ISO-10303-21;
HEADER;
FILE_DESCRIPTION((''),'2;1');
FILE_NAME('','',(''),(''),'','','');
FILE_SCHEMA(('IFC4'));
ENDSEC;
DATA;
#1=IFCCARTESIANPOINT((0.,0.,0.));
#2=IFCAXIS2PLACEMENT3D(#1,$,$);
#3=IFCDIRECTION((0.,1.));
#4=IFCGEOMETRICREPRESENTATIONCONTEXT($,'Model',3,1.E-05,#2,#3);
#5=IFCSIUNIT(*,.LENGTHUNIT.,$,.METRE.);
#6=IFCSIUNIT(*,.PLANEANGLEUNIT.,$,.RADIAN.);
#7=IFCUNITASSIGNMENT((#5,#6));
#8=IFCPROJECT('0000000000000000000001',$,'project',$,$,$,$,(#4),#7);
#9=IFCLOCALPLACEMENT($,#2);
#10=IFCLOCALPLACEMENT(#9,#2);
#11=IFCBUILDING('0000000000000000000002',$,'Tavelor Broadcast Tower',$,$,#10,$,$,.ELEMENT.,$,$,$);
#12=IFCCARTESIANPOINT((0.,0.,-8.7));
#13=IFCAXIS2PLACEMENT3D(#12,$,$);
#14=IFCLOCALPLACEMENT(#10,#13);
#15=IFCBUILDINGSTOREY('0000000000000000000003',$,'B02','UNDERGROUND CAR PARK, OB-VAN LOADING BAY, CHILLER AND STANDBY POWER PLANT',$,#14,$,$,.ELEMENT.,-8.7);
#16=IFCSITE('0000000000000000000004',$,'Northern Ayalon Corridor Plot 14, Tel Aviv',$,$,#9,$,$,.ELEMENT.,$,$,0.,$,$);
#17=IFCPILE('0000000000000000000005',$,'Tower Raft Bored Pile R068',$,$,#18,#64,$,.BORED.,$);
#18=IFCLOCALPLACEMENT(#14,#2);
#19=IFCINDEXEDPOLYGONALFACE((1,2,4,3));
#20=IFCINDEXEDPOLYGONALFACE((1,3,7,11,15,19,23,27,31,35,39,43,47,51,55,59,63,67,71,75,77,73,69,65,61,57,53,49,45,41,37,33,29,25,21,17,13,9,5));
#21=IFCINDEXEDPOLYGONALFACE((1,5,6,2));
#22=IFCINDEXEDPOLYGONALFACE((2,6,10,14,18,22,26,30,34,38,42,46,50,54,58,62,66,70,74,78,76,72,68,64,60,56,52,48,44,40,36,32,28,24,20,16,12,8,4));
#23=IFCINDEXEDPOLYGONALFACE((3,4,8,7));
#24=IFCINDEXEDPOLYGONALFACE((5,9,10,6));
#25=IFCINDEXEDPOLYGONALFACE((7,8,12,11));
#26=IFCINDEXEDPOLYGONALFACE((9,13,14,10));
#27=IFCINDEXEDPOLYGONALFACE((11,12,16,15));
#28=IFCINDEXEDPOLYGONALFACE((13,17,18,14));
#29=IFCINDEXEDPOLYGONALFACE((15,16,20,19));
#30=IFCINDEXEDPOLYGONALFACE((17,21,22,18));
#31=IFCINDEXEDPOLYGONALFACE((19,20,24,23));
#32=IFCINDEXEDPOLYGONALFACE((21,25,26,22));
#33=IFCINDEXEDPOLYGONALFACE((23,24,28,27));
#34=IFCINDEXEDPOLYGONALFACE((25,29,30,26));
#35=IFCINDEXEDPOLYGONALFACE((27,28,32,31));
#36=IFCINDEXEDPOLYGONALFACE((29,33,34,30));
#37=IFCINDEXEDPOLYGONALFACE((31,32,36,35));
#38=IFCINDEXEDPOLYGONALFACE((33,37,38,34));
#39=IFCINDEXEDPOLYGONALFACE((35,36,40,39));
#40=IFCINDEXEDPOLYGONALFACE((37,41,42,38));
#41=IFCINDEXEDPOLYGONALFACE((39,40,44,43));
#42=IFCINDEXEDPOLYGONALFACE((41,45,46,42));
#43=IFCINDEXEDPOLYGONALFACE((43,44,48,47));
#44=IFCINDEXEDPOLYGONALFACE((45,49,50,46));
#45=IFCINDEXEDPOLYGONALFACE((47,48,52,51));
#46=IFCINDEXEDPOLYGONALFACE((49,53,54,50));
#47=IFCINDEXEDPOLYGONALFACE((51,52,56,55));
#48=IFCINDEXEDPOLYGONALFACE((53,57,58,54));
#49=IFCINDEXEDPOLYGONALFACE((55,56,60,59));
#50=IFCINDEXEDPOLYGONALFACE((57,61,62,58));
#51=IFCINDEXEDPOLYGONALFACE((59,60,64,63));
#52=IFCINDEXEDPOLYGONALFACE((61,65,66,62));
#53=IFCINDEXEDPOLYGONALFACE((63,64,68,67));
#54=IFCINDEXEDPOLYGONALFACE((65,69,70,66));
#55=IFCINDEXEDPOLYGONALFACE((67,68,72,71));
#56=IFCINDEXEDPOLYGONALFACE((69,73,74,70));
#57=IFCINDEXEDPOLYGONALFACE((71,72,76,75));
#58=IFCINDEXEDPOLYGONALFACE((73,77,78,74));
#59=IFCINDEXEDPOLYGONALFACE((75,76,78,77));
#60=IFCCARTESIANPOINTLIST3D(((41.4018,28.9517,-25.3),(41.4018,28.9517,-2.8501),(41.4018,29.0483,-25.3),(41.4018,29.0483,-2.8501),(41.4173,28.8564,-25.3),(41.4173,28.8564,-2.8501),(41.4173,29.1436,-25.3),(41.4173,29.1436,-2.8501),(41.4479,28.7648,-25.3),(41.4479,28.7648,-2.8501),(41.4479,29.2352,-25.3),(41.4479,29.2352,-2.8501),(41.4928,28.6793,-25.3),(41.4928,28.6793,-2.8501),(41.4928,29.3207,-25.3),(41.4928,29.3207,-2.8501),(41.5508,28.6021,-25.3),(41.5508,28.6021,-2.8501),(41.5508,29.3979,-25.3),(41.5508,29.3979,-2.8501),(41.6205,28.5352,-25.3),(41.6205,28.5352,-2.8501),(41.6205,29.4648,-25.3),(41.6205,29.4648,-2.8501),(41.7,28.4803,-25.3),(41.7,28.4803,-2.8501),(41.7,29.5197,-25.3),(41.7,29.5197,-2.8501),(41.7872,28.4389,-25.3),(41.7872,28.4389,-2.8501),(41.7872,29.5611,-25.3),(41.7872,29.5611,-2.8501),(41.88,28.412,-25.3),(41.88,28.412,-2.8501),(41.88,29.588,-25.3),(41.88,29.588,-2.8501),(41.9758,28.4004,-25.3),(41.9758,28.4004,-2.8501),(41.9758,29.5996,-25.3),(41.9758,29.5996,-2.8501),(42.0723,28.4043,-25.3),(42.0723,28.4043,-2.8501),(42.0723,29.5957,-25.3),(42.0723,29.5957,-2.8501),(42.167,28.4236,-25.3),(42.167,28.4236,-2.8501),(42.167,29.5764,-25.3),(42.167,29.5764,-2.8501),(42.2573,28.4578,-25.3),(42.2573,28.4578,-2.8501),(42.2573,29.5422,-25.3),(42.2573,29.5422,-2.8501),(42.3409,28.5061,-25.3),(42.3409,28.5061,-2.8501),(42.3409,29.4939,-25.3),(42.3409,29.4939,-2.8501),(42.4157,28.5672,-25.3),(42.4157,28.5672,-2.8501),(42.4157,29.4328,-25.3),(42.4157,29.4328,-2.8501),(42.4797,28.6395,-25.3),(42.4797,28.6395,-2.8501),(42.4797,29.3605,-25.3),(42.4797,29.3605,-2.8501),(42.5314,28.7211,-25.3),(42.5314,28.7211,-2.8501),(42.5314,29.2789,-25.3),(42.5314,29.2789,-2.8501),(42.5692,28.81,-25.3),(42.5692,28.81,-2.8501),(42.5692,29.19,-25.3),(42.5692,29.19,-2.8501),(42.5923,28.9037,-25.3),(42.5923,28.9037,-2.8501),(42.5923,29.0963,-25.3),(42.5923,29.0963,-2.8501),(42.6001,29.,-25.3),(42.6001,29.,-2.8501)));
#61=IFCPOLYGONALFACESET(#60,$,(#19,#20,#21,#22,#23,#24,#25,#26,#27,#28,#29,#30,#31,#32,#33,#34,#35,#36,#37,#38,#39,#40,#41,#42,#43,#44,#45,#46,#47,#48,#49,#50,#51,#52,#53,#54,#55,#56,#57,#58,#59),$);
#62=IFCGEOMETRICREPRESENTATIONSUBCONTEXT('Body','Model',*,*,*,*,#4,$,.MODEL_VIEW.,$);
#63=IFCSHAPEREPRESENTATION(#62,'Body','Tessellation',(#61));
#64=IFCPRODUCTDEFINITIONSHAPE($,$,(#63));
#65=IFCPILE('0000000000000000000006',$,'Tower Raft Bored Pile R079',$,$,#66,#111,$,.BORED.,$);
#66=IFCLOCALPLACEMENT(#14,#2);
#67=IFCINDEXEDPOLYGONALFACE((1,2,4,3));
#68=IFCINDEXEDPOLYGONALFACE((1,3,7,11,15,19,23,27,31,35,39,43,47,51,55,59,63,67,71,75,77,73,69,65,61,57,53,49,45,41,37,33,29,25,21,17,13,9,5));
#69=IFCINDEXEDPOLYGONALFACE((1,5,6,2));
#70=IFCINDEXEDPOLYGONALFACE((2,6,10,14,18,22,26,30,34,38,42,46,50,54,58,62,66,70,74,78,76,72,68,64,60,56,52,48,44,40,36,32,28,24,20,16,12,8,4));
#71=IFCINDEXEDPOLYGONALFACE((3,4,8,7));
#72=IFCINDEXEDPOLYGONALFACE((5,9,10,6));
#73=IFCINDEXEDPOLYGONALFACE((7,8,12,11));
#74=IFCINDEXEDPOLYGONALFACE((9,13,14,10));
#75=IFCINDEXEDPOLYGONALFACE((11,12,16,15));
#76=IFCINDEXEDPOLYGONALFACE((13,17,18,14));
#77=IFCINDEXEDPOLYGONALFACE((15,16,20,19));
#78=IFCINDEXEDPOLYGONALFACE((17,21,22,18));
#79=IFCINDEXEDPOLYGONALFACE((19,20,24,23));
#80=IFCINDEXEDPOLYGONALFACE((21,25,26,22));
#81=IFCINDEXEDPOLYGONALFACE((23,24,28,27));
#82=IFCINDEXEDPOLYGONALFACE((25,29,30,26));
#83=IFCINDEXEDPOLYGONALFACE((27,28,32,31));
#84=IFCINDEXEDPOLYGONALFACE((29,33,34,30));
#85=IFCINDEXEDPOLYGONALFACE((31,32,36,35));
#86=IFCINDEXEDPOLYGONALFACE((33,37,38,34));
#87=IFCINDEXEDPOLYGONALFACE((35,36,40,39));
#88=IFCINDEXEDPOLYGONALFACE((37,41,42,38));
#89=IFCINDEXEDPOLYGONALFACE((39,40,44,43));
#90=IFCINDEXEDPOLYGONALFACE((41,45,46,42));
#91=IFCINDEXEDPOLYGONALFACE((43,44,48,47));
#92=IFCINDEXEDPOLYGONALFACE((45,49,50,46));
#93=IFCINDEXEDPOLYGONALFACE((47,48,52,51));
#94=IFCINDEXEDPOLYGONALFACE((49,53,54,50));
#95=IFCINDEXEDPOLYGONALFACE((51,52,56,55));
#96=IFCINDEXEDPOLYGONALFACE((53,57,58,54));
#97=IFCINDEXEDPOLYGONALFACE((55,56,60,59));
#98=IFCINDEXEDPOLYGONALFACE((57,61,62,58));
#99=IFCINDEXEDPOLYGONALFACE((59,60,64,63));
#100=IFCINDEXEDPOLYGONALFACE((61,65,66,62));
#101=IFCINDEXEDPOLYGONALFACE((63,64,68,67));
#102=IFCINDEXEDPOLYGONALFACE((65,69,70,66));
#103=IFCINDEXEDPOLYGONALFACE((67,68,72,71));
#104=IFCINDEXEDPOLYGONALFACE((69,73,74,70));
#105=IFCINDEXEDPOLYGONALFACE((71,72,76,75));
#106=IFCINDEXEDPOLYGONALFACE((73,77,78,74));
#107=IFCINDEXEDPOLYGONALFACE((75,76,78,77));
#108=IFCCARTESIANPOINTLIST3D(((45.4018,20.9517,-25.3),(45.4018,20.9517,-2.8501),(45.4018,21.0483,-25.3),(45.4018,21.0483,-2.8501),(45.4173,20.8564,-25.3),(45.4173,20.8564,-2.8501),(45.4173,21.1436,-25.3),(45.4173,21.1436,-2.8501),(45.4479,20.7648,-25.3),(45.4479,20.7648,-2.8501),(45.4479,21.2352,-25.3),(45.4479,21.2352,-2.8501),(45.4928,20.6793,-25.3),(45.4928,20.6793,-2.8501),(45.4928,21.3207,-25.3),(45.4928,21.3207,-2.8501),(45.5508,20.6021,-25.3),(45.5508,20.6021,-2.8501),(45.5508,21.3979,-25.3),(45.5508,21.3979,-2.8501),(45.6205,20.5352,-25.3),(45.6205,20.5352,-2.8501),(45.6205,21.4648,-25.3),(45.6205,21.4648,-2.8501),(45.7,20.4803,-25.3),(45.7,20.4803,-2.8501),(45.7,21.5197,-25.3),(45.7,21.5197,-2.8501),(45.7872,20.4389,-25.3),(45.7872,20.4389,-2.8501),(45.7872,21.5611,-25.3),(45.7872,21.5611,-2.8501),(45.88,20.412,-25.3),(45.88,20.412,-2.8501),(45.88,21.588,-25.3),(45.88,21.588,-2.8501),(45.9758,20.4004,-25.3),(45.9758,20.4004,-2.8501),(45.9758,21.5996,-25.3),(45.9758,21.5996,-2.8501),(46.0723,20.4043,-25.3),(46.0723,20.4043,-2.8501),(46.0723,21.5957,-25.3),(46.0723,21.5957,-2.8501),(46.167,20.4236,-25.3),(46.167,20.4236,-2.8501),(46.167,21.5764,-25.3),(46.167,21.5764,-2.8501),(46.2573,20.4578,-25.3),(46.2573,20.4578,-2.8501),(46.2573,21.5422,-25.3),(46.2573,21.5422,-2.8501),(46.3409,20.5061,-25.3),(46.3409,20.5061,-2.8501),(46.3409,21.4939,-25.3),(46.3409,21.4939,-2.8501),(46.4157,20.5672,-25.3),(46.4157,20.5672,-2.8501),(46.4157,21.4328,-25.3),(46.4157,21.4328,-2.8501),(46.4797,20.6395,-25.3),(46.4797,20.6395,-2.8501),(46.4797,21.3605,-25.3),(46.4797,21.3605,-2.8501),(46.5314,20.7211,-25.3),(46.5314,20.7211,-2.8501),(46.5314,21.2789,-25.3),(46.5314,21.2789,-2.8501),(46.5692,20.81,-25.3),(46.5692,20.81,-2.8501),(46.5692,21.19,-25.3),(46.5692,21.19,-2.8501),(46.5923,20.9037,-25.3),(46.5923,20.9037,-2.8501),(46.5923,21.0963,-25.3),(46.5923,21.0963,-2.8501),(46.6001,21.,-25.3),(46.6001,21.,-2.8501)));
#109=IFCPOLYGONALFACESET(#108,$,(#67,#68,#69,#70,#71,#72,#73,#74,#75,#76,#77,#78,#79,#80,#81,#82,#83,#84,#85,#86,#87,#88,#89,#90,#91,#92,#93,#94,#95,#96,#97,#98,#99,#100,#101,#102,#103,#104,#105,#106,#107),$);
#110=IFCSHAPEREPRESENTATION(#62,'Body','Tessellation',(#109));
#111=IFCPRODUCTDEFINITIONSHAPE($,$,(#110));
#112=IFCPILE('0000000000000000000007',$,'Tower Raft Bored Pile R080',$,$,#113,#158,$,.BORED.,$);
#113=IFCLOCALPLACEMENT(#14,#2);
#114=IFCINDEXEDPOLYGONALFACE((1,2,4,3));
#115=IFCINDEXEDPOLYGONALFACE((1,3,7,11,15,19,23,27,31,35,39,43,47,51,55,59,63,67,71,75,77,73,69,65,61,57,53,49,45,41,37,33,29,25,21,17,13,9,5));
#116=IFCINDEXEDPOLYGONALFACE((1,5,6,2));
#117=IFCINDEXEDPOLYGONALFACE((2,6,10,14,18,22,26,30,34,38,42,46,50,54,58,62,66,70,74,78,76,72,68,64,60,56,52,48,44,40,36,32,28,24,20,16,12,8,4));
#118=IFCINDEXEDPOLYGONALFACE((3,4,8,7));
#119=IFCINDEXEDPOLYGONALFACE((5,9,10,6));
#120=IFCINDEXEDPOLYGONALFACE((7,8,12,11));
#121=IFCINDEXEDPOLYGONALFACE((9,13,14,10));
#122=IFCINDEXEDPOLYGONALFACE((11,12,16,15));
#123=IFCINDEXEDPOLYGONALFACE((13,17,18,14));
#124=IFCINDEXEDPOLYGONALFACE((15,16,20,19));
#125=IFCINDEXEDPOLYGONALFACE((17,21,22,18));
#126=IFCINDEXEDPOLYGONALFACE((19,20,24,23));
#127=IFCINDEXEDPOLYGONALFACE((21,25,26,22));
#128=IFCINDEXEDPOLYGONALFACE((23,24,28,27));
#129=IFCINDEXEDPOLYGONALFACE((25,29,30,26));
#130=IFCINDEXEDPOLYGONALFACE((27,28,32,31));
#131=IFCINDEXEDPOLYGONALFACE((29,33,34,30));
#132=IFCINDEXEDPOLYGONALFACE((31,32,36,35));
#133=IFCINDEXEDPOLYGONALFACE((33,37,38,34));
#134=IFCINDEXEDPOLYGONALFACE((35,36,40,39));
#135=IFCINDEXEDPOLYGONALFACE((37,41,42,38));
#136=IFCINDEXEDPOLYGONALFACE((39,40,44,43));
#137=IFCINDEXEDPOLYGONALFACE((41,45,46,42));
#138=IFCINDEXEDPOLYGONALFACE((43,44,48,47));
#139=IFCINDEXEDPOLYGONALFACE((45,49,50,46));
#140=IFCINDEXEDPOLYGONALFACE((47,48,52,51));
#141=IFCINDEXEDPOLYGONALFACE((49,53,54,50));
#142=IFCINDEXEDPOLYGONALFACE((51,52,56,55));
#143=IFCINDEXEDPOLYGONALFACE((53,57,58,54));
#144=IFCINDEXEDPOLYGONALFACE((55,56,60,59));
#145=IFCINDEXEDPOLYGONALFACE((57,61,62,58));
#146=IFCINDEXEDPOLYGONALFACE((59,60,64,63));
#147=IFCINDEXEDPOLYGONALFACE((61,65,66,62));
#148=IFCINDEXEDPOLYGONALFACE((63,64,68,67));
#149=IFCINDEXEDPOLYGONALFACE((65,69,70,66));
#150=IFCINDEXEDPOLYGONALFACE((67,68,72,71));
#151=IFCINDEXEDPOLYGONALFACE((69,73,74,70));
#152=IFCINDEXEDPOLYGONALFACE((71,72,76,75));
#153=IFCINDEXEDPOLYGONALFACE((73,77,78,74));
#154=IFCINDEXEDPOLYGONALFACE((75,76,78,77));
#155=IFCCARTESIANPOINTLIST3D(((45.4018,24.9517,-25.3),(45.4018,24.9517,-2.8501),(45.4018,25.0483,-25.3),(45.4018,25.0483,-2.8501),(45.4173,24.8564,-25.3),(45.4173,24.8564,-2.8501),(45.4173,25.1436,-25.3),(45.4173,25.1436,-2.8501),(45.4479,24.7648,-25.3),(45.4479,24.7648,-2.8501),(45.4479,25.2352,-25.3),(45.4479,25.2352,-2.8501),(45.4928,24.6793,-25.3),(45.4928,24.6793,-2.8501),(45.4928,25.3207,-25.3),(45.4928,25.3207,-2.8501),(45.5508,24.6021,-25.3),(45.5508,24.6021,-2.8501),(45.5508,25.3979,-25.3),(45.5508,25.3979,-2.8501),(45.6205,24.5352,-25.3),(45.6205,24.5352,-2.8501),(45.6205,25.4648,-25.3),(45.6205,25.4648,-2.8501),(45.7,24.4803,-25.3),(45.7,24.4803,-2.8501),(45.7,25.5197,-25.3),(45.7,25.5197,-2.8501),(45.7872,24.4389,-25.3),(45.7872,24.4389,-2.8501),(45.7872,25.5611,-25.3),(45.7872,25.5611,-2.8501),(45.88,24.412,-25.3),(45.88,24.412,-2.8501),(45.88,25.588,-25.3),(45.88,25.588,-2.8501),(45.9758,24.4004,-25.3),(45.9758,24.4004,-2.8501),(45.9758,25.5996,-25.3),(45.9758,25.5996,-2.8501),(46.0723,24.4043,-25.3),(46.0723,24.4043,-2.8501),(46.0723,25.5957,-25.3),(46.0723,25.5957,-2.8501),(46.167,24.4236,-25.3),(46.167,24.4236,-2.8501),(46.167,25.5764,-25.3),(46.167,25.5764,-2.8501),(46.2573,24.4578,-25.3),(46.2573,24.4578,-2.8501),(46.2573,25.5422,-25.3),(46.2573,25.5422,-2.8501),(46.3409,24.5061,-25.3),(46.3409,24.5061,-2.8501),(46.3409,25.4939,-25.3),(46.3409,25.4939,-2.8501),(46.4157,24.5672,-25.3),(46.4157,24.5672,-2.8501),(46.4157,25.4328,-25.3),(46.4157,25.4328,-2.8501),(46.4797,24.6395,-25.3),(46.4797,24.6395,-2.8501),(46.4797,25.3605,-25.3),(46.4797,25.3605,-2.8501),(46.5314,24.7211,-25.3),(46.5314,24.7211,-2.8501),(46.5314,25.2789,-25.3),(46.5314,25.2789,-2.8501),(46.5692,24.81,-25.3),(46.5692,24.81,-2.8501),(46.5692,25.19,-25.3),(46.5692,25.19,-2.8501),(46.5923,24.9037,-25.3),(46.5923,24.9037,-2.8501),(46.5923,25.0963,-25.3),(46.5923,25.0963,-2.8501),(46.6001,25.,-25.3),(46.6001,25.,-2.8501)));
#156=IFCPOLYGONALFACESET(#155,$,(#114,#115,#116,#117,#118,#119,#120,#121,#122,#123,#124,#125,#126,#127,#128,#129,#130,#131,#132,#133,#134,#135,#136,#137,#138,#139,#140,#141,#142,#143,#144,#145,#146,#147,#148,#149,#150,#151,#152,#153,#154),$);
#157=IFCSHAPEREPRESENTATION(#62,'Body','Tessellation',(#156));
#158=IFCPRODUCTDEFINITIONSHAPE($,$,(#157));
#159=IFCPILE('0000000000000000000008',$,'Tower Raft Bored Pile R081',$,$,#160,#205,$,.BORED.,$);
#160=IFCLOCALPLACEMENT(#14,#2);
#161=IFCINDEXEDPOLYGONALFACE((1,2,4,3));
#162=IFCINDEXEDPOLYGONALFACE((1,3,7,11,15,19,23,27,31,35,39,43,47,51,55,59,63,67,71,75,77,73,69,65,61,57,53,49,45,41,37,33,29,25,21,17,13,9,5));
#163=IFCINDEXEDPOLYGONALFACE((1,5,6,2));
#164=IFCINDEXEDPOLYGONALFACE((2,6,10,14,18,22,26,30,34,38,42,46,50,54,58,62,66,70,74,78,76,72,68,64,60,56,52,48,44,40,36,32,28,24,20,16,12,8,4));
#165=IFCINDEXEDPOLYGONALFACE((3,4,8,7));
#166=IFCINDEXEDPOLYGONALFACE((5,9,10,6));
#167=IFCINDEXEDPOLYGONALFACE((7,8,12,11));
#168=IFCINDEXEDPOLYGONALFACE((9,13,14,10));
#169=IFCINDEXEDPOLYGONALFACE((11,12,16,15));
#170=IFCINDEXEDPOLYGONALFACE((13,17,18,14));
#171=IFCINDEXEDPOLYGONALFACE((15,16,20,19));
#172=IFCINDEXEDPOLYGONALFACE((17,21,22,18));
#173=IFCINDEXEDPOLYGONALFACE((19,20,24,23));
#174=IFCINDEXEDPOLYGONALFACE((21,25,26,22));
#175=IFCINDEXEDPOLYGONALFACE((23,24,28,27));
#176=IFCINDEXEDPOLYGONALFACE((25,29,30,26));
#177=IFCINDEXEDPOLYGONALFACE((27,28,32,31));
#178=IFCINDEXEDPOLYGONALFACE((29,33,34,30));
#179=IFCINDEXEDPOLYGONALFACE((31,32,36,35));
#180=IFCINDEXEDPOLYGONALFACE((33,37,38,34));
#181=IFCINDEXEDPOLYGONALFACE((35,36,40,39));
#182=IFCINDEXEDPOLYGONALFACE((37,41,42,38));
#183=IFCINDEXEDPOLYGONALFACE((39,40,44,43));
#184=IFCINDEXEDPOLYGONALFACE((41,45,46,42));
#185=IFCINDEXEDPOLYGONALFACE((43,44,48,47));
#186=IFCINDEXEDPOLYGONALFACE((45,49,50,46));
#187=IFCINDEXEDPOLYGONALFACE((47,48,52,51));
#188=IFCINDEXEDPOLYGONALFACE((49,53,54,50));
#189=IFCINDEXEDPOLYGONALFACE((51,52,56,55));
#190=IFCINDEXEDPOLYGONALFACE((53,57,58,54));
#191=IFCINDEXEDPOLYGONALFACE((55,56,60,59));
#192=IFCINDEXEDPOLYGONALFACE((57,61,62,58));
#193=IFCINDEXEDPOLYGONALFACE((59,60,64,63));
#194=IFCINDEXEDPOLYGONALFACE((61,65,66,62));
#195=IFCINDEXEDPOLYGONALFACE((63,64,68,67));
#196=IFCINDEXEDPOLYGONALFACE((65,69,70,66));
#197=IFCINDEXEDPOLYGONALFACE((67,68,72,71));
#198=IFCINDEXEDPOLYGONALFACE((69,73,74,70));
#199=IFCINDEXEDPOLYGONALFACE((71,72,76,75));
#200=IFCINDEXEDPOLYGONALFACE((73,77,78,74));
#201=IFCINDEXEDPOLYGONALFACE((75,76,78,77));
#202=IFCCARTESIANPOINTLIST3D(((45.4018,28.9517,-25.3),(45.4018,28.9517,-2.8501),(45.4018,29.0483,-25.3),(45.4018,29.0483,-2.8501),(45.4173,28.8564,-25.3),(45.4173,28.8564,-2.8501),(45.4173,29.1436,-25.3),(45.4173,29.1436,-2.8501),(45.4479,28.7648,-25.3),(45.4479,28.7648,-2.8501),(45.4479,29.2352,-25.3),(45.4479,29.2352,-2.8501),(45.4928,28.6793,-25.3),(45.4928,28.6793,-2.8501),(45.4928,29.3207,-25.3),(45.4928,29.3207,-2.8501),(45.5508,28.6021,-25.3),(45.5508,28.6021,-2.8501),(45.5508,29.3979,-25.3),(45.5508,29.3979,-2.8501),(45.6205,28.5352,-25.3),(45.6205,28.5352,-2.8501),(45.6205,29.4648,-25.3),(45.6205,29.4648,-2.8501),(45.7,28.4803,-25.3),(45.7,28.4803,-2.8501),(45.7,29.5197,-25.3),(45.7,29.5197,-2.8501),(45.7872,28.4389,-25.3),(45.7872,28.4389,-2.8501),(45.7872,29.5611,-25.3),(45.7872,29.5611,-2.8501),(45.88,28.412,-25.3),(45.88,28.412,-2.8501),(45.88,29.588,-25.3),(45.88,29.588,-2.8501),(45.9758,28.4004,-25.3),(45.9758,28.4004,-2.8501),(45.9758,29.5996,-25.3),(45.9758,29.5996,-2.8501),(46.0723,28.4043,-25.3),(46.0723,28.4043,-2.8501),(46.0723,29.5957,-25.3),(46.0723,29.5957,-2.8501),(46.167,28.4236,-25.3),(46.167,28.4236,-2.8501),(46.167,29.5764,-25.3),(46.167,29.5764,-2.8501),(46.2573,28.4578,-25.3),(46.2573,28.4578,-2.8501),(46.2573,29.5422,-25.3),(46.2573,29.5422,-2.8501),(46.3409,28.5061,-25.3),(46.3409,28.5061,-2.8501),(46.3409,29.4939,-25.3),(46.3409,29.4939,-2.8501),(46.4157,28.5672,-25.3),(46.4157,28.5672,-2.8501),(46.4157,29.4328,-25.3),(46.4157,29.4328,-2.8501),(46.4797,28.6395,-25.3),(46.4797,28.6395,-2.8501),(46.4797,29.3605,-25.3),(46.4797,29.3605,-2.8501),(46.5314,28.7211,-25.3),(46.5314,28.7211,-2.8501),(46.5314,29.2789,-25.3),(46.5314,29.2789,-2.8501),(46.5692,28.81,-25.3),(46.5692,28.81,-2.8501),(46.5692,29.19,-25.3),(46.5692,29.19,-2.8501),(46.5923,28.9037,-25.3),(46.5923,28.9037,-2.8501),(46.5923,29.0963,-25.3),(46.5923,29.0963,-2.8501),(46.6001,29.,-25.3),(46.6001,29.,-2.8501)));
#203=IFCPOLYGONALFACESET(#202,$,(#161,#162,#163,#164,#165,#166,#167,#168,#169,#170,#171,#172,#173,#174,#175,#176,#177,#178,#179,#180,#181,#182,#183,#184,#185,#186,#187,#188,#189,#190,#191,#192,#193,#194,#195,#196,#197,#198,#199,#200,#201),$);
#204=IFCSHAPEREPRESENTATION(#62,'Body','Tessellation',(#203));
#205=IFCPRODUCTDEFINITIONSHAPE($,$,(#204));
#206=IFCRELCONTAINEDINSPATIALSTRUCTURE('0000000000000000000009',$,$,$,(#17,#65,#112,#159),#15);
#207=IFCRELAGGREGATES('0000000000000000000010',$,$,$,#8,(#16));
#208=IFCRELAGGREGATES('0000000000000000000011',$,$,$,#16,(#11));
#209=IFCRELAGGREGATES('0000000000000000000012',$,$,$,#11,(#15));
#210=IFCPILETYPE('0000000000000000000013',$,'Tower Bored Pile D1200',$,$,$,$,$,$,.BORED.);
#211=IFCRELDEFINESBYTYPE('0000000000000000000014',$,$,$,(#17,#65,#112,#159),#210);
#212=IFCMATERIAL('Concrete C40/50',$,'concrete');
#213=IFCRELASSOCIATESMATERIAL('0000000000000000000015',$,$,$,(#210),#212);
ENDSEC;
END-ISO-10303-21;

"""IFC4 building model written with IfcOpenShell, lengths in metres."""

from ifc_helpers import new_model, si_unit, direction, frame, origin, origin_2d, place, context, subcontext, project, spatial, circle, extrude, material, material_profile, profile_set, type_object, element, save


model = new_model("IFC4")

# Units and contexts
model_context = context("Model", 3, precision=1e-05, world=origin(), true_north=direction((0.0, 1.0)))
body_context = subcontext(model_context, "Body", "Model", "MODEL_VIEW")
ifc_project = project(units=[si_unit("LENGTHUNIT", "METRE"), si_unit("PLANEANGLEUNIT", "RADIAN")], contexts=[model_context])

# Site, building, storey
site_placement = place(None, origin())
site = spatial("IfcSite", under=ifc_project, at=site_placement, Name="Northern Ayalon Corridor Plot 14, Tel Aviv", CompositionType="ELEMENT", RefElevation=0.0)
building_placement = place(site_placement, origin())
building = spatial("IfcBuilding", under=site, at=building_placement, Name="Tavelor Broadcast Tower", CompositionType="ELEMENT")
storey_placement = place(building_placement, frame((0.0, 0.0, -8.7)))
storey = spatial("IfcBuildingStorey", under=building, at=storey_placement, Name="B02", Description="UNDERGROUND CAR PARK, OB-VAN LOADING BAY, CHILLER AND STANDBY POWER PLANT", CompositionType="ELEMENT", Elevation=-8.7)

# Shared definitions
ifc_material_1 = material(Name="Concrete C40/50", Category="concrete")

# Piles
ifc_material_profile_1 = material_profile(ifc_material_1, circle(Radius=0.6001, at=origin_2d()), Name="PILE D1200")
ifc_profile_set_1 = profile_set([ifc_material_profile_1], Name="Concrete C40/50")
pile_type_1 = type_object("IfcPileType", Name="Tower Bored Pile D1200", PredefinedType="BORED", material=ifc_profile_set_1)
for number, where, z_axis, x_axis, name in (
    (1, (42.0, 29.0, -2.8501), (0.0, 0.0, -1.0), (1.0, 0.0, 0.0), "Tower Raft Bored Pile R068"),
    (2, (46.0, 21.0, -2.8501), (0.0, 0.0, -1.0), (1.0, 0.0, 0.0), "Tower Raft Bored Pile R079"),
    (3, (46.0, 25.0, -2.8501), (0.0, 0.0, -1.0), (1.0, 0.0, 0.0), "Tower Raft Bored Pile R080"),
    (4, (46.0, 29.0, -2.8501), (0.0, 0.0, -1.0), (1.0, 0.0, 0.0), "Tower Raft Bored Pile R081"),
):
    element("IfcPile", number, at=place(storey_placement, frame(where, z_axis=z_axis, x_axis=x_axis)), inside=storey, type_object=pile_type_1, Name=name, PredefinedType="BORED", context=body_context, shape_type="SweptSolid", body=[
        extrude(circle(Radius=0.6001, at=origin_2d()), origin(), (0.0, 0.0, 1.0), 22.45),
    ])

save(model, "model.ifc")
